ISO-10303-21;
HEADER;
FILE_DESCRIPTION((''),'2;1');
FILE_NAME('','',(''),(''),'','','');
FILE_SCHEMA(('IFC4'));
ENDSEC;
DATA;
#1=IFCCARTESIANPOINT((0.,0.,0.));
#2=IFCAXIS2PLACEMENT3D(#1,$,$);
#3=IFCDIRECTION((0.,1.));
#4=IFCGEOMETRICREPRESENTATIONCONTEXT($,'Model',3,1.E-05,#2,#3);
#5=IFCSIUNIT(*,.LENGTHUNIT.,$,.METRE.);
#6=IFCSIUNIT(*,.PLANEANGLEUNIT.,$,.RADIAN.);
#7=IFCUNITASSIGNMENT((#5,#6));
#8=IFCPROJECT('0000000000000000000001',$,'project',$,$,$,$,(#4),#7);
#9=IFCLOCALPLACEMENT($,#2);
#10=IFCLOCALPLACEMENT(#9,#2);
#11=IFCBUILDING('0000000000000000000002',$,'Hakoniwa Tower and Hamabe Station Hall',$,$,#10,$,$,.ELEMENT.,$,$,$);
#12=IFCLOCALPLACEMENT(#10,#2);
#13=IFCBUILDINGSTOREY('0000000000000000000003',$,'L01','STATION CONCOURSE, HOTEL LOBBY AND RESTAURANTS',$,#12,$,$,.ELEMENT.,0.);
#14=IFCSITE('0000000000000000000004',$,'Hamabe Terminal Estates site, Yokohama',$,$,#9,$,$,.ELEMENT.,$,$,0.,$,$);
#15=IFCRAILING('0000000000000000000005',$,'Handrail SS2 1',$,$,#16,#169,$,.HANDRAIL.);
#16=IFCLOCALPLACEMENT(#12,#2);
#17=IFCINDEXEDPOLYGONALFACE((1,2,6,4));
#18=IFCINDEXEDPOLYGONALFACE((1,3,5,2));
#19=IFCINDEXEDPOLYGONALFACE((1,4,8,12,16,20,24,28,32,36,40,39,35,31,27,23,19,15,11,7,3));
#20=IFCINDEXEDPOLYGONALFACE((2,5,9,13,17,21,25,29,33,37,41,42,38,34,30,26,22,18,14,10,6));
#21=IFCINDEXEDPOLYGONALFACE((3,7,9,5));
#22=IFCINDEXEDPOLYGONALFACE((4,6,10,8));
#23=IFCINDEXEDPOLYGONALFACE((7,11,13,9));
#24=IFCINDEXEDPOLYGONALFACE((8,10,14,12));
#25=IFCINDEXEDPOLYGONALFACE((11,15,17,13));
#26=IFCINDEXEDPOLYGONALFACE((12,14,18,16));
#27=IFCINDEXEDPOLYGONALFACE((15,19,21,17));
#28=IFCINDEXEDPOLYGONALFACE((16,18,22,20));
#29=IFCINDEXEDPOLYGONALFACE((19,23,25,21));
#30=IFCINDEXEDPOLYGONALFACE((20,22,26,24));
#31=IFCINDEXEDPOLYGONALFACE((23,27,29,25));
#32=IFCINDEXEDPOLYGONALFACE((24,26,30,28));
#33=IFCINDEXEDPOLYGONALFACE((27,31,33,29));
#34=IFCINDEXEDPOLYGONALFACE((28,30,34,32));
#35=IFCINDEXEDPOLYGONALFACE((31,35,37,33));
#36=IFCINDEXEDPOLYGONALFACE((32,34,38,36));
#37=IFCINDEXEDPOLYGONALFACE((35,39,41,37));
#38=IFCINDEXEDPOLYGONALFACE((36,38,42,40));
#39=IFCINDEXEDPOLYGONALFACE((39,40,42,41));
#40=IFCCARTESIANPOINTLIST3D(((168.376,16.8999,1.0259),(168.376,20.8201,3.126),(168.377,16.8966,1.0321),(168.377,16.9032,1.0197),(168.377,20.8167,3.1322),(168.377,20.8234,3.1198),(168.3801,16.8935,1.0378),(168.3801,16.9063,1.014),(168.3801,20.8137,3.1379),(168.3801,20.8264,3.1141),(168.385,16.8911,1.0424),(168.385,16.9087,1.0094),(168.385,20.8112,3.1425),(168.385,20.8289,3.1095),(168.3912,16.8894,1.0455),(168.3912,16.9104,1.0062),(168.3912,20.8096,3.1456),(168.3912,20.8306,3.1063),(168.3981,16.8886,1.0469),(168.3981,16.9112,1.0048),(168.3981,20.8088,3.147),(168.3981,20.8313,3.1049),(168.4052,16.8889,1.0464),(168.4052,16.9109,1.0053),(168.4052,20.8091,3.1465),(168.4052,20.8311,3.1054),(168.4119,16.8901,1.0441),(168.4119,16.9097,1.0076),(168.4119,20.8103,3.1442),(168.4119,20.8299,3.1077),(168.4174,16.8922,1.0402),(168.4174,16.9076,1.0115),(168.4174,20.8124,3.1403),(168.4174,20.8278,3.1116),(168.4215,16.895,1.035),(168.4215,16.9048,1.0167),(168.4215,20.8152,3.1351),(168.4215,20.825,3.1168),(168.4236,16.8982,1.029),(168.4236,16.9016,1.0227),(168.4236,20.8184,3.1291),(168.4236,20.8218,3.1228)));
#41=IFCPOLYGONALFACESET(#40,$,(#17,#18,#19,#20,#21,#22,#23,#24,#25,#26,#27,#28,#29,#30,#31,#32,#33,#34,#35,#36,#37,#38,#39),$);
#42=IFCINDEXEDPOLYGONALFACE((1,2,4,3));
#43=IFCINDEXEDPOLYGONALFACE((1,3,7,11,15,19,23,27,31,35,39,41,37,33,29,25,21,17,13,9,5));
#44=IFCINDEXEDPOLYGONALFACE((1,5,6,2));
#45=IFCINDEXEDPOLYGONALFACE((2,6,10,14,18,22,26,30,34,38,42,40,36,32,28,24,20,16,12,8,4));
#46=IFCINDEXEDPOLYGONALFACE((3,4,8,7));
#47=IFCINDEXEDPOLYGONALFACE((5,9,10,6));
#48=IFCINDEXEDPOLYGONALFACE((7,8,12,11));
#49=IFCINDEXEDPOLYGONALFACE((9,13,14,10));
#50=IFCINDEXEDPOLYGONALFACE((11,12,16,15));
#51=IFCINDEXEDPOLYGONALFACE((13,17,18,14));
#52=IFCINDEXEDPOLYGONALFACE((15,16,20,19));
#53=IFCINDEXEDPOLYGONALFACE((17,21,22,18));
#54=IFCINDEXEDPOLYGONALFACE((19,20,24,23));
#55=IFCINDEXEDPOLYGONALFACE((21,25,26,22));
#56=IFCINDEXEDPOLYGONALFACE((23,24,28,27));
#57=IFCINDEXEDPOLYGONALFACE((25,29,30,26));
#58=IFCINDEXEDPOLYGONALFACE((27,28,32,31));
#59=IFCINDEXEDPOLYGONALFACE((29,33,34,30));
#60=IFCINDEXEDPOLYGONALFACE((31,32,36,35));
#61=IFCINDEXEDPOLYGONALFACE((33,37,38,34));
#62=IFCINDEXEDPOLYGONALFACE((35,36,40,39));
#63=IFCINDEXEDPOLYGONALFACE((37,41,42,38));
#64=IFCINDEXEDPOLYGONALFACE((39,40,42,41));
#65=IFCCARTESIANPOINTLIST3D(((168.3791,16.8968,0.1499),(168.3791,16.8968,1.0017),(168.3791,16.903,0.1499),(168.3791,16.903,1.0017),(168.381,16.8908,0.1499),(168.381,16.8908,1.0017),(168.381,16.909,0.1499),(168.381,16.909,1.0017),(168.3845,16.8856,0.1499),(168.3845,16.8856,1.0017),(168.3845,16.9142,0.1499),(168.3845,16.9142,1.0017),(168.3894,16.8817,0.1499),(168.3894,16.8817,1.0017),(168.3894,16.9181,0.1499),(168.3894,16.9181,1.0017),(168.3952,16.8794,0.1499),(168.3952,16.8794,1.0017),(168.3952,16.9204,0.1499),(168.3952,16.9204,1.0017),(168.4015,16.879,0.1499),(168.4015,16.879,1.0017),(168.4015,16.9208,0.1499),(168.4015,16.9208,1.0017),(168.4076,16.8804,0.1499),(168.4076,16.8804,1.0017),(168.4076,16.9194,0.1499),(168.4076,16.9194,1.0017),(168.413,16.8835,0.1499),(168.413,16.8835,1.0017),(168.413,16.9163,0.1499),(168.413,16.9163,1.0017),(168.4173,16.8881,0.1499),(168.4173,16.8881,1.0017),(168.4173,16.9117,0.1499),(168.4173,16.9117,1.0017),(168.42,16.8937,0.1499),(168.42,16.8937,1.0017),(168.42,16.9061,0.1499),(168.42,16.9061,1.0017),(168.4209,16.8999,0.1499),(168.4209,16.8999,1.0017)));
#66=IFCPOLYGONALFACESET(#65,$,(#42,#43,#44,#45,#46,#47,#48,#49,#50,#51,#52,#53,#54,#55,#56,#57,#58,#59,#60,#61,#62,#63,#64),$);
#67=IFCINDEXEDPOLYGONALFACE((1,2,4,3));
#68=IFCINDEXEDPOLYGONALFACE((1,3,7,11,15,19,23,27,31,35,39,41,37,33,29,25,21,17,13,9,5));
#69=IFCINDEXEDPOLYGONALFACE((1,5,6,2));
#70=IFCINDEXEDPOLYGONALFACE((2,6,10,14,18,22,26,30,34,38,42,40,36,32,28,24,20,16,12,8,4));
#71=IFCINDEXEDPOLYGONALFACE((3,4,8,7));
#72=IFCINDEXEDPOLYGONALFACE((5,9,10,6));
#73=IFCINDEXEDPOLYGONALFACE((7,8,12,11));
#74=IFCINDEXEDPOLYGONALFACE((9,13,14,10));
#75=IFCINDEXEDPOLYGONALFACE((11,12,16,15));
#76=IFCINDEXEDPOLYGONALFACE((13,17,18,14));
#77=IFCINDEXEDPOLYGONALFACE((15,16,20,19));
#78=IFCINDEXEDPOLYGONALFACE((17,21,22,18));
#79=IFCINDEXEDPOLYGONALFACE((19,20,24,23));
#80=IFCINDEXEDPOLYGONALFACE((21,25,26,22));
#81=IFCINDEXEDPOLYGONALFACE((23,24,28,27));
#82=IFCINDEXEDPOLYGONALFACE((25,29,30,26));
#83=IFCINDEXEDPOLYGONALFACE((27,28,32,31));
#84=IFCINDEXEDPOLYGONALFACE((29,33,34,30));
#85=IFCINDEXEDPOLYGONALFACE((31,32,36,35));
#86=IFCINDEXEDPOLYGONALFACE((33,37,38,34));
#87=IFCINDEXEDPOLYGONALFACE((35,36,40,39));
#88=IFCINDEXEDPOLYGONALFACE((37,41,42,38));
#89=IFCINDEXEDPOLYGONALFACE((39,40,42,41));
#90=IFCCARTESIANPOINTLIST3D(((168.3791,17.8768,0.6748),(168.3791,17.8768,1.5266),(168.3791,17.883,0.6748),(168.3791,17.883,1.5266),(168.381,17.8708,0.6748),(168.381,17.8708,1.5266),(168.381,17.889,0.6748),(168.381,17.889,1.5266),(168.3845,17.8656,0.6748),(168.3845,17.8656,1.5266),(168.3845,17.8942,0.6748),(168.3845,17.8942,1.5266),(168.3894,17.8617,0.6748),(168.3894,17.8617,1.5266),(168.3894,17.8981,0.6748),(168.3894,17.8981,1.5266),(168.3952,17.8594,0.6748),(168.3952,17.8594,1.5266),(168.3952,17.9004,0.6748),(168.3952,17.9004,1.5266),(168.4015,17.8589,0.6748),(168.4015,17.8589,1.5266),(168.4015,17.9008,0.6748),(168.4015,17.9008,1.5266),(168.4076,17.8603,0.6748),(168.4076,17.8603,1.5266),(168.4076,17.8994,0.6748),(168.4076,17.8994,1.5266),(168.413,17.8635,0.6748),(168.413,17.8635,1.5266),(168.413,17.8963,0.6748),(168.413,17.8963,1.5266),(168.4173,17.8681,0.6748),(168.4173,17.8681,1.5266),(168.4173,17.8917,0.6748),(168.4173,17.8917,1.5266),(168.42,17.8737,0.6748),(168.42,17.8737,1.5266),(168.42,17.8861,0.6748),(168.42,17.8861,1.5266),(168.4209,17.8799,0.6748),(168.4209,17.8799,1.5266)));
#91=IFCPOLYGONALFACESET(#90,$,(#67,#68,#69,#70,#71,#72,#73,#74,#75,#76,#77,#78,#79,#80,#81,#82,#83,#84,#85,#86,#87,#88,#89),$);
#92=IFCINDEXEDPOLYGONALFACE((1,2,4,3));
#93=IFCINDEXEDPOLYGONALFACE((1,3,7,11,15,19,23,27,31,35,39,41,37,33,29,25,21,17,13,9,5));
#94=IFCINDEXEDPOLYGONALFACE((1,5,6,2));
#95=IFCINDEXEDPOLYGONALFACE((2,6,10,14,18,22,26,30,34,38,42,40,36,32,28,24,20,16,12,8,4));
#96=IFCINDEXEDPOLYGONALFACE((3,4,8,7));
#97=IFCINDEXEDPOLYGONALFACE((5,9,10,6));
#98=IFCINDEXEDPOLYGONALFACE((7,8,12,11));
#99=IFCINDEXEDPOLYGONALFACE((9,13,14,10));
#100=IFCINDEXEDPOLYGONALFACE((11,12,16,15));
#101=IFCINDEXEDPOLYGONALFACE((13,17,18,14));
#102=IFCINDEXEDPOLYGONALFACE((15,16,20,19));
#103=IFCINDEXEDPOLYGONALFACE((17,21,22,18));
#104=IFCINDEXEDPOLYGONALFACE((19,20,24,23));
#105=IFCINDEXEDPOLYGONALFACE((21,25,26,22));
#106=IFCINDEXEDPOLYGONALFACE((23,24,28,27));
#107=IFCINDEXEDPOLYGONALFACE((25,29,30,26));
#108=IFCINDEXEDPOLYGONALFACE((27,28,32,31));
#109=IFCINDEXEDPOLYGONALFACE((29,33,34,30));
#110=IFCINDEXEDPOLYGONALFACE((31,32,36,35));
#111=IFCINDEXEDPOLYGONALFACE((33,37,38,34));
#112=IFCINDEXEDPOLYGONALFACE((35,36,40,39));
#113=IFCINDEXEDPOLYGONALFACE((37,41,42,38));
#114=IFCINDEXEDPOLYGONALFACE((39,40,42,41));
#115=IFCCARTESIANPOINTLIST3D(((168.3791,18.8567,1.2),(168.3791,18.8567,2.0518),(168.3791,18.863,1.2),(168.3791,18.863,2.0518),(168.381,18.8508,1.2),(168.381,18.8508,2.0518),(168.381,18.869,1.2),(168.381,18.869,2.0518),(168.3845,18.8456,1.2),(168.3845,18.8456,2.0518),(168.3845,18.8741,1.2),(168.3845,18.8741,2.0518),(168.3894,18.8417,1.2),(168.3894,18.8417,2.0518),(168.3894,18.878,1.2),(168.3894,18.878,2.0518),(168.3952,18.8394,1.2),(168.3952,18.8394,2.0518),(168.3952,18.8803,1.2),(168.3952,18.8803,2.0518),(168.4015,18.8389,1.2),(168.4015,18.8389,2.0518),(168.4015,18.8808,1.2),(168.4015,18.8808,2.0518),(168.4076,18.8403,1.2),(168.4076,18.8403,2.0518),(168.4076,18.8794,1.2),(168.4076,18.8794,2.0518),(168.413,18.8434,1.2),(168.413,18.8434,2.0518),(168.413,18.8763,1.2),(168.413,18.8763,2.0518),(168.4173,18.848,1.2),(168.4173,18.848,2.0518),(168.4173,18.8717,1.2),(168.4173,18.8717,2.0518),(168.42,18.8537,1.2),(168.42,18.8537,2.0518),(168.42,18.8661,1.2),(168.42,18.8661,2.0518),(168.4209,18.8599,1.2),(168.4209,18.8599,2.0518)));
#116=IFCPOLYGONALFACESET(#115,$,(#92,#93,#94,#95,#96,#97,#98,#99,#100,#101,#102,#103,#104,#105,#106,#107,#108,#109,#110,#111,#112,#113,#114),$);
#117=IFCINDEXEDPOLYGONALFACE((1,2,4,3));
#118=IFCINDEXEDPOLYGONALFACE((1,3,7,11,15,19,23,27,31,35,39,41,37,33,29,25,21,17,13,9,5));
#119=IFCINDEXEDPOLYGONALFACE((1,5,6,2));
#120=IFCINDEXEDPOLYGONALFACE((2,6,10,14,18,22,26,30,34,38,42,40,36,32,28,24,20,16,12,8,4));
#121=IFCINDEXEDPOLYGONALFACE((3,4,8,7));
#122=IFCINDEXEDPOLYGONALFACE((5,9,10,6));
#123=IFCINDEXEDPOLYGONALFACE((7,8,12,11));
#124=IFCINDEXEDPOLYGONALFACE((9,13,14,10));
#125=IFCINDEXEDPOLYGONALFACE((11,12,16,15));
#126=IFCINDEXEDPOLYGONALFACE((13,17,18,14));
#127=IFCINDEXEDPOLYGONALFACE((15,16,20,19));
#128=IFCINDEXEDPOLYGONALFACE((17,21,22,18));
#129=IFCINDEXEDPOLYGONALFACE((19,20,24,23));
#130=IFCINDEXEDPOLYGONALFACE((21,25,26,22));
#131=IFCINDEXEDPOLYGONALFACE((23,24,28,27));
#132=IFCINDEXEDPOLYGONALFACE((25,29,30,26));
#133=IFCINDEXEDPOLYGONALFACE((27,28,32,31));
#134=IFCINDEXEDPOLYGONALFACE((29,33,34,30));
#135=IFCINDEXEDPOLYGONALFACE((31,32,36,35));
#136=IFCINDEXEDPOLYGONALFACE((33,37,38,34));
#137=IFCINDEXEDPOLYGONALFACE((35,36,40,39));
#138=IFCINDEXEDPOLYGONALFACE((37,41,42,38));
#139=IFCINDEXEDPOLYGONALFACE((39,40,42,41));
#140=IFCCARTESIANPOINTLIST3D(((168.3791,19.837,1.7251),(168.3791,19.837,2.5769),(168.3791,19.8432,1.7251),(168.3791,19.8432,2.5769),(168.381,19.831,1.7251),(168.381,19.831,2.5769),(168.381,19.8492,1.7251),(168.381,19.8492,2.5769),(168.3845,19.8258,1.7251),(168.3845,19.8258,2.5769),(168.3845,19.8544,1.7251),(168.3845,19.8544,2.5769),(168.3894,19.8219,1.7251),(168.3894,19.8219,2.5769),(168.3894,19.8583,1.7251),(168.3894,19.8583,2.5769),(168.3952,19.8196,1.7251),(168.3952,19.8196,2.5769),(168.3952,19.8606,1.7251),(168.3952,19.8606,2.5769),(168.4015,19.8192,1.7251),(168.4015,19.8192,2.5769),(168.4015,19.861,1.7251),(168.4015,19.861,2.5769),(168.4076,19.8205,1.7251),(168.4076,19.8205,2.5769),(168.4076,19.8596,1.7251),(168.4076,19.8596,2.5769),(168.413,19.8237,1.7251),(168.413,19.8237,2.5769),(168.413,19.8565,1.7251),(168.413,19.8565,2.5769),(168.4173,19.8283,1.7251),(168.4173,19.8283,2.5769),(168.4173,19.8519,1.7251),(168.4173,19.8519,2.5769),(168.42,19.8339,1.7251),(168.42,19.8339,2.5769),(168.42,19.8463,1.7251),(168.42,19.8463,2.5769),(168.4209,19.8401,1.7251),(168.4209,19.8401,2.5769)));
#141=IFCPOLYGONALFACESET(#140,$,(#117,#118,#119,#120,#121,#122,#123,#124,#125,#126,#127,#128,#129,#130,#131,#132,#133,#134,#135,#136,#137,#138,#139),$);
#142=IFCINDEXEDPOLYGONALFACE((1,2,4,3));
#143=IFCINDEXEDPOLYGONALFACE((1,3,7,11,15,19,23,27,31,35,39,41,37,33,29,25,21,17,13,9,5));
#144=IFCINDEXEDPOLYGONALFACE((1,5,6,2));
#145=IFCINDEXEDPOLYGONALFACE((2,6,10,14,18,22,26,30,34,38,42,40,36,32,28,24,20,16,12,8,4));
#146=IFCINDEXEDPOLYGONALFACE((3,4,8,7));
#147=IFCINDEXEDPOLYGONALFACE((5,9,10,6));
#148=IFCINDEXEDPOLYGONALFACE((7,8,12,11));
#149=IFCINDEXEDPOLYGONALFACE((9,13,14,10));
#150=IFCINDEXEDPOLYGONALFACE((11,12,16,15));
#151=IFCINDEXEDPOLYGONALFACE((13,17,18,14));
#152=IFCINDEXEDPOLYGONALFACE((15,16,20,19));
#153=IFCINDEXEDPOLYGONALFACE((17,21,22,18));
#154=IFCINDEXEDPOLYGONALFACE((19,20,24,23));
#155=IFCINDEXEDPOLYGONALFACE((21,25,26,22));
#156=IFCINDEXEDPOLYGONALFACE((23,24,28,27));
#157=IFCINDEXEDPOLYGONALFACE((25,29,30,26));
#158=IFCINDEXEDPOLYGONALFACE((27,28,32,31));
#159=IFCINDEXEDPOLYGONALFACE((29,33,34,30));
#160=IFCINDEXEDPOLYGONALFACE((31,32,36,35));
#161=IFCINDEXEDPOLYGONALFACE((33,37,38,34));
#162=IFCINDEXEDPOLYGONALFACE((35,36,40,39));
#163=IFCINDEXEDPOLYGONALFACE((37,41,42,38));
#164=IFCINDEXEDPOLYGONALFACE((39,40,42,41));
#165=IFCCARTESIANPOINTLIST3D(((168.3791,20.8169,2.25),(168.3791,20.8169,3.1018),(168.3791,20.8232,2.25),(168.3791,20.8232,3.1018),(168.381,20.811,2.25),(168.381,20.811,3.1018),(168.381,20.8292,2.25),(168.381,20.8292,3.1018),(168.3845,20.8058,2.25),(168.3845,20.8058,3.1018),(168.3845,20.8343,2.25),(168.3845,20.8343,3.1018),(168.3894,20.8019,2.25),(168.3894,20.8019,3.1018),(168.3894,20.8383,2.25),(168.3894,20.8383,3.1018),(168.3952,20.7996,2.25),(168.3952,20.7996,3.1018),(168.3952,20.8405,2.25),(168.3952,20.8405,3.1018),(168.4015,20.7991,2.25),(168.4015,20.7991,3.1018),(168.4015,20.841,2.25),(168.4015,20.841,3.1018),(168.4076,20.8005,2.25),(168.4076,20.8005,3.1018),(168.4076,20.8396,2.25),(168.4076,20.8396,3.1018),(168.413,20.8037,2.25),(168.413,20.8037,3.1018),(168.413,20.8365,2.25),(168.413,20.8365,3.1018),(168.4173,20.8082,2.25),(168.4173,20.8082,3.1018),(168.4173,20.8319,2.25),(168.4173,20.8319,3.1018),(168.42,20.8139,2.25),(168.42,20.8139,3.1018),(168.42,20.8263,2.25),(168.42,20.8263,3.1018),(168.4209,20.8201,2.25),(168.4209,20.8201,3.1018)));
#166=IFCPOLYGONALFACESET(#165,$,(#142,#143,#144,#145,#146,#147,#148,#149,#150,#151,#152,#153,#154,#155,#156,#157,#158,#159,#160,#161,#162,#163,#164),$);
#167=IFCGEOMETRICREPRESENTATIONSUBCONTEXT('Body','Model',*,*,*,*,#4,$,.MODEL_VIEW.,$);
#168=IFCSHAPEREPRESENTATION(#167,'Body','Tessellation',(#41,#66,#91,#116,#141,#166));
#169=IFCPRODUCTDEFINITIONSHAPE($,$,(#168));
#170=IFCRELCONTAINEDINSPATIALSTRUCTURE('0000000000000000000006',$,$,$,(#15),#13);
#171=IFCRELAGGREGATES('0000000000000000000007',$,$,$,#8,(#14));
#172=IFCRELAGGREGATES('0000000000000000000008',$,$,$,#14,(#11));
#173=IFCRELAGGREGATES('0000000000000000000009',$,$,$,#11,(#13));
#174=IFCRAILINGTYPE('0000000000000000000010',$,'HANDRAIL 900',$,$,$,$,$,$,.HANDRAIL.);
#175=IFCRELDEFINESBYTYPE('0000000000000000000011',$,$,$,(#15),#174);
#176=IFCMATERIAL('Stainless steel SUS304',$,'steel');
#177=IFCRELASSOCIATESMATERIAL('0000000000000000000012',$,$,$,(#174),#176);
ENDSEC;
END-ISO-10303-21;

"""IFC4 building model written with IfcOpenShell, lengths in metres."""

from ifc_helpers import new_model, si_unit, direction, frame, origin, origin_2d, place, context, subcontext, project, spatial, circle, extrude, material, type_object, element, save


model = new_model("IFC4")

# Units and contexts
model_context = context("Model", 3, precision=1e-05, world=origin(), true_north=direction((0.0, 1.0)))
body_context = subcontext(model_context, "Body", "Model", "MODEL_VIEW")
ifc_project = project(units=[si_unit("LENGTHUNIT", "METRE"), si_unit("PLANEANGLEUNIT", "RADIAN")], contexts=[model_context])

# Site, building, storey
site_placement = place(None, origin())
site = spatial("IfcSite", under=ifc_project, at=site_placement, Name="Hamabe Terminal Estates site, Yokohama", CompositionType="ELEMENT", RefElevation=0.0)
building_placement = place(site_placement, origin())
building = spatial("IfcBuilding", under=site, at=building_placement, Name="Hakoniwa Tower and Hamabe Station Hall", CompositionType="ELEMENT")
storey_placement = place(building_placement, origin())
storey = spatial("IfcBuildingStorey", under=building, at=storey_placement, Name="L01", Description="STATION CONCOURSE, HOTEL LOBBY AND RESTAURANTS", CompositionType="ELEMENT", Elevation=0.0)

# Railing
ifc_material_1 = material(Name="Stainless steel SUS304", Category="steel")
railing_type = type_object("IfcRailingType", Name="HANDRAIL 900", PredefinedType="HANDRAIL", material=ifc_material_1)
railing_1_placement = place(storey_placement, frame((168.3999, 16.8999, 0.1499)))
element("IfcRailing", 1, at=railing_1_placement, inside=storey, type_object=railing_type, Name="Handrail SS2 1", PredefinedType="HANDRAIL", context=body_context, shape_type="SweptSolid", body=[
    extrude(circle(Radius=0.0239, at=origin_2d()), frame((0.0, 0.0, 0.876), z_axis=(0.0, 0.881479, 0.472223), x_axis=(-1.0, 0.0, 0.0)), (0.0, 0.0, 1.0), 4.4473),
    extrude(circle(Radius=0.021, at=origin_2d()), origin(), (0.0, 0.0, 1.0), 0.8518),
    extrude(circle(Radius=0.021, at=origin_2d()), frame((0.0, 0.98, 0.5249)), (0.0, 0.0, 1.0), 0.8518),
    extrude(circle(Radius=0.021, at=origin_2d()), frame((0.0, 1.96, 1.05)), (0.0, 0.0, 1.0), 0.8518),
    extrude(circle(Radius=0.021, at=origin_2d()), frame((0.0, 2.9402, 1.5752)), (0.0, 0.0, 1.0), 0.8518),
    extrude(circle(Radius=0.021, at=origin_2d()), frame((0.0, 3.9202, 2.1001)), (0.0, 0.0, 1.0), 0.8518),
])

save(model, "model.ifc")
